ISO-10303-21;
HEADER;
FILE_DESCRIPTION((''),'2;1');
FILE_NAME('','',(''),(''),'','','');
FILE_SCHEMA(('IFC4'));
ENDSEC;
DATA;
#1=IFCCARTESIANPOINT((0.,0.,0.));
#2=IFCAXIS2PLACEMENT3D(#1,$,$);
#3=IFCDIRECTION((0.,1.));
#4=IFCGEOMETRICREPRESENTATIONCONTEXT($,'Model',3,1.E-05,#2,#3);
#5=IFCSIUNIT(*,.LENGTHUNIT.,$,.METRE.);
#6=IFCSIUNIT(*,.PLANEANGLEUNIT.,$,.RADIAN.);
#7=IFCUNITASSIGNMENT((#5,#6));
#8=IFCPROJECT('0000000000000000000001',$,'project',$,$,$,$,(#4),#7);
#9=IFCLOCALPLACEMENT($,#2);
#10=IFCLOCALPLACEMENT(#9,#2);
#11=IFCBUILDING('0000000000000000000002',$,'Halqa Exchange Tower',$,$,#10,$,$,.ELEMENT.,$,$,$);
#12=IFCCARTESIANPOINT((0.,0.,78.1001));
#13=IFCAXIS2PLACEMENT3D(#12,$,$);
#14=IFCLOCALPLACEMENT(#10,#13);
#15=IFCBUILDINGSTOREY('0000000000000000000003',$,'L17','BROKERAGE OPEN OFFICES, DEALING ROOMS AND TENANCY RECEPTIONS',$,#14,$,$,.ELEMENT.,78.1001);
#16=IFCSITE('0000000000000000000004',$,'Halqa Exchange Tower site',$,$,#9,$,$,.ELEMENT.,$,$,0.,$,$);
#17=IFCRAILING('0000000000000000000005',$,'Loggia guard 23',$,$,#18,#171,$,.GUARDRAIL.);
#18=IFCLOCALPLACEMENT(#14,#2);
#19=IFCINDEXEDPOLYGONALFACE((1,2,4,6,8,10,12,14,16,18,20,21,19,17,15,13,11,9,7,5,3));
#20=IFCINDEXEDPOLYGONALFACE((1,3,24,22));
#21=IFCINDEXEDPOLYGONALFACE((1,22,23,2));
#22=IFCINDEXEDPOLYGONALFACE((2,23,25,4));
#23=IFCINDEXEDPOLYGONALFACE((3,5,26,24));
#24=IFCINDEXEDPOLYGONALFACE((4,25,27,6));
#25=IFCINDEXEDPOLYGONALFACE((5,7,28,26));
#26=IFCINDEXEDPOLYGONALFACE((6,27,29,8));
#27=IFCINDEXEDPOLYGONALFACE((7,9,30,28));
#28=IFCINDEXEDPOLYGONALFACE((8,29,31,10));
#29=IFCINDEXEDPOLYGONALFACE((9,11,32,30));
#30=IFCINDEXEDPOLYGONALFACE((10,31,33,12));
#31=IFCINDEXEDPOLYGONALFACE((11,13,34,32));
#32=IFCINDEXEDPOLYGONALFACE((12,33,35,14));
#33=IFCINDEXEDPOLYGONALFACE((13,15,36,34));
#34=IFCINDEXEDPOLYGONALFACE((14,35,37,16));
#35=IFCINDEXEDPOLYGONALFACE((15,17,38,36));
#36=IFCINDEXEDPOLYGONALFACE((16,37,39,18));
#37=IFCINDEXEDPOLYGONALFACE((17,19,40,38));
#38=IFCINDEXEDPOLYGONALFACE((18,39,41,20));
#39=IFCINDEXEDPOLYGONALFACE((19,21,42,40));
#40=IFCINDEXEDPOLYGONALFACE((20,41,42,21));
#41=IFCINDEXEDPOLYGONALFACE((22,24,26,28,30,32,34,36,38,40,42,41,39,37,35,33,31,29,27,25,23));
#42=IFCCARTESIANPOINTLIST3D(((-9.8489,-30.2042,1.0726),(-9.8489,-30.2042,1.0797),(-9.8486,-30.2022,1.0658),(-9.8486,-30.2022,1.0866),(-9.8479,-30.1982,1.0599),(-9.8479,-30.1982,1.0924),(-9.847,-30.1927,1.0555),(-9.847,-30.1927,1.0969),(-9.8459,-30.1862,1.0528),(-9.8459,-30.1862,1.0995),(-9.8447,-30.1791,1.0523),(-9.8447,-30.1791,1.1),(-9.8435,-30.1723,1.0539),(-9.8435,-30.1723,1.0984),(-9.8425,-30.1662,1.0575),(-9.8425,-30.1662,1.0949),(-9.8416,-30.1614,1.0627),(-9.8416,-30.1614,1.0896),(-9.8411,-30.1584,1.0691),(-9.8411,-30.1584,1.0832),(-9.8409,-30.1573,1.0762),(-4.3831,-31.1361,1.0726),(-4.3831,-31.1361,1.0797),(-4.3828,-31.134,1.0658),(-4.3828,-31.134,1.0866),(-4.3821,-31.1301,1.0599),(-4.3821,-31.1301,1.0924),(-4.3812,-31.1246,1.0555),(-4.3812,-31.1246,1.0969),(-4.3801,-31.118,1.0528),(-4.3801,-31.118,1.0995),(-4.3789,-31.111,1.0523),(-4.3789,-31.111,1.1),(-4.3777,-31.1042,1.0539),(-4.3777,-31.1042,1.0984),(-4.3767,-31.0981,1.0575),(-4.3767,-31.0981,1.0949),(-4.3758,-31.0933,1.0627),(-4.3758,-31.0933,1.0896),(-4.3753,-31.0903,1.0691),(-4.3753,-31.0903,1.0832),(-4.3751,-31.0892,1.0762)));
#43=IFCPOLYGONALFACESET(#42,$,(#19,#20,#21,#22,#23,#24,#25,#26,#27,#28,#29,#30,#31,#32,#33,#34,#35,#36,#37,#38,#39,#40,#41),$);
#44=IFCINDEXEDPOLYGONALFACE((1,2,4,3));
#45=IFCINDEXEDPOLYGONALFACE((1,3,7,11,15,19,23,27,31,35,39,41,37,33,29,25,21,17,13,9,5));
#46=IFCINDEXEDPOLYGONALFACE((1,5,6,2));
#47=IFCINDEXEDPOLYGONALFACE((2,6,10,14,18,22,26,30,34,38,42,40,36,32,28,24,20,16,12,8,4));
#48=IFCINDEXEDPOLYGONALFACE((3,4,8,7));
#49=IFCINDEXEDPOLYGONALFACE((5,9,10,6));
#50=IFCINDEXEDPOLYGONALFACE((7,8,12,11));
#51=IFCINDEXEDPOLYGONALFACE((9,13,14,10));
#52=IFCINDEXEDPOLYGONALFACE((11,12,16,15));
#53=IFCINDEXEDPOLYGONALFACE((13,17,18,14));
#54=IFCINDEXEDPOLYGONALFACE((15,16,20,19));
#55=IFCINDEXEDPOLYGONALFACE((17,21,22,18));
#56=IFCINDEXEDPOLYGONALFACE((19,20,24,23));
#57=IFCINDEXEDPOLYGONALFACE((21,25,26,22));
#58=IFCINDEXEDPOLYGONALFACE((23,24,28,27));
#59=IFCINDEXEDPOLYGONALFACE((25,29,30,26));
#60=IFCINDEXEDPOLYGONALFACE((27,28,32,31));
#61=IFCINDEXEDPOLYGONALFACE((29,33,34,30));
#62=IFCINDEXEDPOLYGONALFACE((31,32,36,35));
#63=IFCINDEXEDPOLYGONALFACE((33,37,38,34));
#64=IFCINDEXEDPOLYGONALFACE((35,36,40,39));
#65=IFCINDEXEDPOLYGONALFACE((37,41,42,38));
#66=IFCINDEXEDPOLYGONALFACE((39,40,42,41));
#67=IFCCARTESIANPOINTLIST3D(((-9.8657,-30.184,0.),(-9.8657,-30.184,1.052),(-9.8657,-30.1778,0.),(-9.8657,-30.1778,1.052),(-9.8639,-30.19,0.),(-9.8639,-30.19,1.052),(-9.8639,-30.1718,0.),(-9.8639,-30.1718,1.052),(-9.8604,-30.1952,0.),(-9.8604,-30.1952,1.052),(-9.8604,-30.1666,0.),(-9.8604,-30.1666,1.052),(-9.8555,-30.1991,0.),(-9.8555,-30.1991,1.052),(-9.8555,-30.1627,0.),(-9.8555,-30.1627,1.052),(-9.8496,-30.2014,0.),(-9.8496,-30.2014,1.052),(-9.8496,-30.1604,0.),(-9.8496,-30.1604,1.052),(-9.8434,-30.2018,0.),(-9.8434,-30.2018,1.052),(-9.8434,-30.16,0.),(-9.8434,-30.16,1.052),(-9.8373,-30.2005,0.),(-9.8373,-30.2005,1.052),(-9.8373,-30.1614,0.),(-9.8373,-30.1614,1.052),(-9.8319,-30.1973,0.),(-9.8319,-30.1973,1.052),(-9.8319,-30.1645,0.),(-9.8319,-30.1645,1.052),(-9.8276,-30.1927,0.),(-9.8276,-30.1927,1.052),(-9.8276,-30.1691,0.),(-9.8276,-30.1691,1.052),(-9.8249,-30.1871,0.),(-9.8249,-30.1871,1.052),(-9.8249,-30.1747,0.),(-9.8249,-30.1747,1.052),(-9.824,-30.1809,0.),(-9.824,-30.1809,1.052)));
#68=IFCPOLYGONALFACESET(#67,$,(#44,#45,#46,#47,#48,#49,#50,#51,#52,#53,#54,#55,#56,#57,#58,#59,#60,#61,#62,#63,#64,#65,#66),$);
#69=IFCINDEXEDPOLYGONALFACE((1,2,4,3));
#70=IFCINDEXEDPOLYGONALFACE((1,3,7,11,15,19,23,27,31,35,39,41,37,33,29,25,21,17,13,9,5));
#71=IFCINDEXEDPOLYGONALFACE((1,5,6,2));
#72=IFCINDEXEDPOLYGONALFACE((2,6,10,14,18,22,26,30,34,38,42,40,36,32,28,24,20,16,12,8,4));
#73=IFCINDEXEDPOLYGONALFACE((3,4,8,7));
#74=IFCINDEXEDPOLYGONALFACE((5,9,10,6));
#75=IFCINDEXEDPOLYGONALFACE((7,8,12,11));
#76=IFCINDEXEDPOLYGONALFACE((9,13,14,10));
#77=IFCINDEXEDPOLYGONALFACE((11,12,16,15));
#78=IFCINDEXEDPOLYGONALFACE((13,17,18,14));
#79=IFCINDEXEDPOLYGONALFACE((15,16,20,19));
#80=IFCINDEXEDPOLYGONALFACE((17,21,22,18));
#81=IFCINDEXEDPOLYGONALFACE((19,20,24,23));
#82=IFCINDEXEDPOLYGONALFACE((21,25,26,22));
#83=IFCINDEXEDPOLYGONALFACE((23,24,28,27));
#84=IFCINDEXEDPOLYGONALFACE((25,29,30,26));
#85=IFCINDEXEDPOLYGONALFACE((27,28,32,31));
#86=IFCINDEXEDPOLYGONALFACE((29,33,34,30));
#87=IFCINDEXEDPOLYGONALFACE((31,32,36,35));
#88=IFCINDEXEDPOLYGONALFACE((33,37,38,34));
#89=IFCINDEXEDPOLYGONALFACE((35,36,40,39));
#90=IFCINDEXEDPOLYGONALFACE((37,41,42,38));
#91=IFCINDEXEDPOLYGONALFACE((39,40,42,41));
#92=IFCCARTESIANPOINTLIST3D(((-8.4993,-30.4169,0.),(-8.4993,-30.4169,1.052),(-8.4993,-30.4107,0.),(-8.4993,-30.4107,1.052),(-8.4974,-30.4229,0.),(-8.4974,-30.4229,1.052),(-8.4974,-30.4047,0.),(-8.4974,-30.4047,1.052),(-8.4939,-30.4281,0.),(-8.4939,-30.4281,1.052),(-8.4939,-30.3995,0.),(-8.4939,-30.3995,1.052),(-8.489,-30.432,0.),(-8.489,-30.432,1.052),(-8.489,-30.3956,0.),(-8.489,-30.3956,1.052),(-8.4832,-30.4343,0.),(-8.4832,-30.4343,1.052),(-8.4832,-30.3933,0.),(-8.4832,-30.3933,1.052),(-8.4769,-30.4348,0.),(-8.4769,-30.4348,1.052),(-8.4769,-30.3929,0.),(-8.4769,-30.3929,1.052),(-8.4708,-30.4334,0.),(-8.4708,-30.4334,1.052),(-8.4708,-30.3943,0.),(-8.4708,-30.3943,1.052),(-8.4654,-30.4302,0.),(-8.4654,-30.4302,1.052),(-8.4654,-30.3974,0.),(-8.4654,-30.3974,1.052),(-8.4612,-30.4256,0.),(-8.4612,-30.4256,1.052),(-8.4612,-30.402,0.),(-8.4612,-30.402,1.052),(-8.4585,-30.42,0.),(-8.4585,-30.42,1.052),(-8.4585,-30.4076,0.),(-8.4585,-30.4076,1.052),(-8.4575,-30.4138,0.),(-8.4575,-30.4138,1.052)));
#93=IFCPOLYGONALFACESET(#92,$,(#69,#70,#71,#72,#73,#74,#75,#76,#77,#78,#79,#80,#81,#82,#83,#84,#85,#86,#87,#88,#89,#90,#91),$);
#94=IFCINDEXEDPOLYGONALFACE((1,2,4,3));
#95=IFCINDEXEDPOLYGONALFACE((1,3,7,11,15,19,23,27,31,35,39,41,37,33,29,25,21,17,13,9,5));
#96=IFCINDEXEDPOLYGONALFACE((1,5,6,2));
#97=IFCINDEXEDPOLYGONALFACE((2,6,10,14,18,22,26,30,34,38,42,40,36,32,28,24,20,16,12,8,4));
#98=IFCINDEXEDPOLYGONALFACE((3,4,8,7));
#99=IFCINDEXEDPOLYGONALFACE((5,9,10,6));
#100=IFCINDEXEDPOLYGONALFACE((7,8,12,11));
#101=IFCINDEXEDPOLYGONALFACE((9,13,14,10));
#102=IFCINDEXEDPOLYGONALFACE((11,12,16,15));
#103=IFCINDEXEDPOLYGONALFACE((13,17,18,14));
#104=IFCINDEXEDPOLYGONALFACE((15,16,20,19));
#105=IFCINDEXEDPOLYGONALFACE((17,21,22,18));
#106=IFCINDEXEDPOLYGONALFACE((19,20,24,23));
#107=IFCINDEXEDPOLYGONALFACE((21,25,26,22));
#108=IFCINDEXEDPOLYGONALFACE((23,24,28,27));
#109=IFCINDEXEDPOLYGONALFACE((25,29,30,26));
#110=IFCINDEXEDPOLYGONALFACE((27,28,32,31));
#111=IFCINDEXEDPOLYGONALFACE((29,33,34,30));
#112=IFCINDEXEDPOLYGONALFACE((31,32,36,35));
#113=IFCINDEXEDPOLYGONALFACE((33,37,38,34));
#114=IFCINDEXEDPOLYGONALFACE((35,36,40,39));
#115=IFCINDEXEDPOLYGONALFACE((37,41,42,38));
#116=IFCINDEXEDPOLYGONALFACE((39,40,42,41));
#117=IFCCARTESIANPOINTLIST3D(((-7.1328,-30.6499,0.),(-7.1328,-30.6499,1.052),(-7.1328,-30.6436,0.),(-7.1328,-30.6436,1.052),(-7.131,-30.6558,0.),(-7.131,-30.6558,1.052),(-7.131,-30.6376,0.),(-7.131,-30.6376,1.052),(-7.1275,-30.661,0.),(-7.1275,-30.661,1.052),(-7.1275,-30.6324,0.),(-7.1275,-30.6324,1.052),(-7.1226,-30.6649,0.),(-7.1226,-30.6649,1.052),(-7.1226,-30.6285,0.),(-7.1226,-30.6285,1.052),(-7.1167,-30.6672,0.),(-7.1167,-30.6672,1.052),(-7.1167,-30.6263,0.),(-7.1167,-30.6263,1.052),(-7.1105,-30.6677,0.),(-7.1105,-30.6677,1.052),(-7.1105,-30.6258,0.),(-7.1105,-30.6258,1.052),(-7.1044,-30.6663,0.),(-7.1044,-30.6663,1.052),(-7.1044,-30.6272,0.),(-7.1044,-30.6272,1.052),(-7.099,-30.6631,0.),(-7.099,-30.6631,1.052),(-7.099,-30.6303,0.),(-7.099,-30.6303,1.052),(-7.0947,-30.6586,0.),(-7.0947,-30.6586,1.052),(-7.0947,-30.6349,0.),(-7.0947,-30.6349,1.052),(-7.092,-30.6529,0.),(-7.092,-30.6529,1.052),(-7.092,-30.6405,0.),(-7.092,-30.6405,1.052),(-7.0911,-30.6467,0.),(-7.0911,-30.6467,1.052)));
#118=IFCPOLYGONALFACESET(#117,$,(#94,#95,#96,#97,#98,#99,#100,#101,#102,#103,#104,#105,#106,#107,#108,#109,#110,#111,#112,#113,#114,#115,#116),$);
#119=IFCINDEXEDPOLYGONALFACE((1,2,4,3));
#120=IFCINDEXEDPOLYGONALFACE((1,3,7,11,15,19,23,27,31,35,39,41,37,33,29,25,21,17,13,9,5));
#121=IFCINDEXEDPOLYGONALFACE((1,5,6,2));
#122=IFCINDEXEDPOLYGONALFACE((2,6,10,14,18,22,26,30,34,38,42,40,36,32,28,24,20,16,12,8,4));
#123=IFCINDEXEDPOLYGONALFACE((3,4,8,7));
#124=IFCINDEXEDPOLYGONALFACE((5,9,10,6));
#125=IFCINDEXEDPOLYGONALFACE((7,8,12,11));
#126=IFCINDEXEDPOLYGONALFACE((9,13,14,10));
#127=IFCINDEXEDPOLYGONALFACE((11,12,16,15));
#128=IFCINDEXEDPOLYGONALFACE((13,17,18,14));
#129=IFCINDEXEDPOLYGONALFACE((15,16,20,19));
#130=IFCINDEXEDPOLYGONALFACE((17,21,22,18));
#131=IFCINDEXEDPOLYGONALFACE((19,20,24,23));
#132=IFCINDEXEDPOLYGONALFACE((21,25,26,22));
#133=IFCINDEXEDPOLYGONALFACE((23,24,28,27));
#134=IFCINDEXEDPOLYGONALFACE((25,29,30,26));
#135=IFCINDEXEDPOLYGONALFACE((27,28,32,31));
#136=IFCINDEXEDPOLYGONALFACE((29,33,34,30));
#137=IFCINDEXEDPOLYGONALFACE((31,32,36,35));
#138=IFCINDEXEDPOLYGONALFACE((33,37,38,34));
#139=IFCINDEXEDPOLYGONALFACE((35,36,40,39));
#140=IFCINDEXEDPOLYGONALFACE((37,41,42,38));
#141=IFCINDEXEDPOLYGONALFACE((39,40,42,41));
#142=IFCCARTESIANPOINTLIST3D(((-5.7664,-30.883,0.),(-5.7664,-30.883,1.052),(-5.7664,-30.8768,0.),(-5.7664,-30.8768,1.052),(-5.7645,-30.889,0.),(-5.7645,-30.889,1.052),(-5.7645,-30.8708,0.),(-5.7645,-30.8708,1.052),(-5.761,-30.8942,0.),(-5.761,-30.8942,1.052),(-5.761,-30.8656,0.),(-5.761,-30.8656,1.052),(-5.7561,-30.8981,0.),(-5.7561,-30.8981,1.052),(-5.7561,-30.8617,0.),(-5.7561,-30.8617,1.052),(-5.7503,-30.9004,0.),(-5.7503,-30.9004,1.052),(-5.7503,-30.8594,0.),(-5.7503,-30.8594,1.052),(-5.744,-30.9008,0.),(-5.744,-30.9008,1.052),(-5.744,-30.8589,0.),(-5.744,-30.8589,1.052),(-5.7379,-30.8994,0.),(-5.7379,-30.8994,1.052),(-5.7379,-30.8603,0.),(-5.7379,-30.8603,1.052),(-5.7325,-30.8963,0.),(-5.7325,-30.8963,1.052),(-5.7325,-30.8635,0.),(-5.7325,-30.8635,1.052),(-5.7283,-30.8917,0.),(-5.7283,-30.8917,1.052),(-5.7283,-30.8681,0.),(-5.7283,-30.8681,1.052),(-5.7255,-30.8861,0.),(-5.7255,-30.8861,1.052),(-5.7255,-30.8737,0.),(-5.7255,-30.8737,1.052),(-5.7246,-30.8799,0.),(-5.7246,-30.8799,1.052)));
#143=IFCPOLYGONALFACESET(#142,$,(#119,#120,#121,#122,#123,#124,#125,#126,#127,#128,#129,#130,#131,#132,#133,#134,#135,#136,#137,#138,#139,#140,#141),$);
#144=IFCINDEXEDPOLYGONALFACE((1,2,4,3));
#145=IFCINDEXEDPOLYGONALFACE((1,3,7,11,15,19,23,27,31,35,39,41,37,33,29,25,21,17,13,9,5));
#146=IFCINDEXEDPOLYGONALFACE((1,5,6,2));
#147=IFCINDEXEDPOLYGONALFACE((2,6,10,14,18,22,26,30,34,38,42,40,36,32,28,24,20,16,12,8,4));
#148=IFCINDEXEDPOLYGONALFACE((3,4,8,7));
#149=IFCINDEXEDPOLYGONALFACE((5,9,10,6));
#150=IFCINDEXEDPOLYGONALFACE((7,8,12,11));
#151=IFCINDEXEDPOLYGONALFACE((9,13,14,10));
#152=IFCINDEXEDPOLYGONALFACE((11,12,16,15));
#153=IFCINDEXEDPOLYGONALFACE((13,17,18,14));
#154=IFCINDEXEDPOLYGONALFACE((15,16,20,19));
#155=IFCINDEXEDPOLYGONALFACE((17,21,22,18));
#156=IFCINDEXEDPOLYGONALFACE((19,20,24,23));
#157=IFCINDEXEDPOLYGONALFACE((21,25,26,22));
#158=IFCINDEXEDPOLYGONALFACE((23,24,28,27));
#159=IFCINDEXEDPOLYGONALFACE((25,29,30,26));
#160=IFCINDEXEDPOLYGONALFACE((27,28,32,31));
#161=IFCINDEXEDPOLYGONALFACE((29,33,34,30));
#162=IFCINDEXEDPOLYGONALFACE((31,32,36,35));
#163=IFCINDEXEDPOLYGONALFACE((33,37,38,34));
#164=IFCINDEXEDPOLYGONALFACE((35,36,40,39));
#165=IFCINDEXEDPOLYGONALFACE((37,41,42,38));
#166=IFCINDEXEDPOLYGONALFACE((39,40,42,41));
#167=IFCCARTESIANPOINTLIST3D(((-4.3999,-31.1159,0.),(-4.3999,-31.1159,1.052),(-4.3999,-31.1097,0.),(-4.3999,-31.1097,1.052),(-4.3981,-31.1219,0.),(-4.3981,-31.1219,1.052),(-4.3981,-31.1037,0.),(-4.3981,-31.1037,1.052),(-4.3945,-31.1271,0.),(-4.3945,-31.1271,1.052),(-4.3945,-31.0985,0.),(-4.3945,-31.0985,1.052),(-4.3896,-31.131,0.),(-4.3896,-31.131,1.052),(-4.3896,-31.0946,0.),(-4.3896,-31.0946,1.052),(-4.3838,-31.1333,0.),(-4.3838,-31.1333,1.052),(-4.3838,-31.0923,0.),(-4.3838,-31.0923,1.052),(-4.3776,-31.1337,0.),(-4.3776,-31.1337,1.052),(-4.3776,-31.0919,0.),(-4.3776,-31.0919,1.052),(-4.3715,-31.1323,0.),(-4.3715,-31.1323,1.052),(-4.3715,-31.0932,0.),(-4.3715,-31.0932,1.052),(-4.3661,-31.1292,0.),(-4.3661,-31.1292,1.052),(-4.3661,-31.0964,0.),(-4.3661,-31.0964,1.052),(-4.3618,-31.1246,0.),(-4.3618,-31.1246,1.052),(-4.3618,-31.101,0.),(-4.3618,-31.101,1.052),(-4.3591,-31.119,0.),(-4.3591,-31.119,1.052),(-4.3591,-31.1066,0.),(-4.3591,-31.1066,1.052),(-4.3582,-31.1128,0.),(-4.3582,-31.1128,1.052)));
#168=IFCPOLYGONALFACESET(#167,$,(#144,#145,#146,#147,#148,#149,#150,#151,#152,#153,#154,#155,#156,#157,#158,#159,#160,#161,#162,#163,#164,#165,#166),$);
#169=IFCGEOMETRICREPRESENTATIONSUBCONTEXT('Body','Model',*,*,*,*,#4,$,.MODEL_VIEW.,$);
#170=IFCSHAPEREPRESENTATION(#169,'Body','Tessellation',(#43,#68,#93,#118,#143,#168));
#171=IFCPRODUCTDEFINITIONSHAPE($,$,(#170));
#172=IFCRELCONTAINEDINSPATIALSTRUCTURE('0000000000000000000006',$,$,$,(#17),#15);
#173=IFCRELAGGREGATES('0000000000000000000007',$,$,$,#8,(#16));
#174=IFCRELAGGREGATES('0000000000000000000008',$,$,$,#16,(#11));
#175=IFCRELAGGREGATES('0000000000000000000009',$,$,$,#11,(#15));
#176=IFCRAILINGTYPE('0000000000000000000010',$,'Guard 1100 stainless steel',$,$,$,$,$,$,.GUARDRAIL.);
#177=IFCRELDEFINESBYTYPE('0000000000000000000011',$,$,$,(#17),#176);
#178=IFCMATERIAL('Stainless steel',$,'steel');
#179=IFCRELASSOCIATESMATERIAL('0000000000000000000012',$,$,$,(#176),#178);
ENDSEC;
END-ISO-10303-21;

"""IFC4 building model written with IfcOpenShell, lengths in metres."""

from ifc_helpers import new_model, si_unit, direction, frame, origin, origin_2d, place, context, subcontext, project, spatial, circle, extrude, material, type_object, element, save


model = new_model("IFC4")

# Units and contexts
model_context = context("Model", 3, precision=1e-05, world=origin(), true_north=direction((0.0, 1.0)))
body_context = subcontext(model_context, "Body", "Model", "MODEL_VIEW")
ifc_project = project(units=[si_unit("LENGTHUNIT", "METRE"), si_unit("PLANEANGLEUNIT", "RADIAN")], contexts=[model_context])

# Site, building, storey
site_placement = place(None, origin())
site = spatial("IfcSite", under=ifc_project, at=site_placement, Name="Halqa Exchange Tower site", CompositionType="ELEMENT", RefElevation=0.0)
building_placement = place(site_placement, origin())
building = spatial("IfcBuilding", under=site, at=building_placement, Name="Halqa Exchange Tower", CompositionType="ELEMENT")
storey_placement = place(building_placement, frame((0.0, 0.0, 78.1001)))
storey = spatial("IfcBuildingStorey", under=building, at=storey_placement, Name="L17", Description="BROKERAGE OPEN OFFICES, DEALING ROOMS AND TENANCY RECEPTIONS", CompositionType="ELEMENT", Elevation=78.1001)

# Railing
ifc_material_1 = material(Name="Stainless steel", Category="steel")
railing_type = type_object("IfcRailingType", Name="Guard 1100 stainless steel", PredefinedType="GUARDRAIL", material=ifc_material_1)
railing_1_placement = place(storey_placement, frame((-9.845, -30.1809, 0.0)))
element("IfcRailing", 1, at=railing_1_placement, inside=storey, type_object=railing_type, Name="Loggia guard 23", PredefinedType="GUARDRAIL", context=body_context, shape_type="SweptSolid", body=[
    extrude(circle(Radius=0.0239, at=origin_2d()), frame((0.0, 0.0, 1.0762), z_axis=(0.985775, -0.168068, 0.0), x_axis=(0.168068, 0.985775, 0.0)), (0.0, 0.0, 1.0), 5.5447),
    extrude(circle(Radius=0.021, at=origin_2d()), origin(), (0.0, 0.0, 1.0), 1.052),
    extrude(circle(Radius=0.021, at=origin_2d()), frame((1.3665, -0.2329, 0.0)), (0.0, 0.0, 1.0), 1.052),
    extrude(circle(Radius=0.021, at=origin_2d()), frame((2.7329, -0.4658, 0.0)), (0.0, 0.0, 1.0), 1.052),
    extrude(circle(Radius=0.021, at=origin_2d()), frame((4.0994, -0.699, 0.0)), (0.0, 0.0, 1.0), 1.052),
    extrude(circle(Radius=0.021, at=origin_2d()), frame((5.4658, -0.9319, 0.0)), (0.0, 0.0, 1.0), 1.052),
])

save(model, "model.ifc")
